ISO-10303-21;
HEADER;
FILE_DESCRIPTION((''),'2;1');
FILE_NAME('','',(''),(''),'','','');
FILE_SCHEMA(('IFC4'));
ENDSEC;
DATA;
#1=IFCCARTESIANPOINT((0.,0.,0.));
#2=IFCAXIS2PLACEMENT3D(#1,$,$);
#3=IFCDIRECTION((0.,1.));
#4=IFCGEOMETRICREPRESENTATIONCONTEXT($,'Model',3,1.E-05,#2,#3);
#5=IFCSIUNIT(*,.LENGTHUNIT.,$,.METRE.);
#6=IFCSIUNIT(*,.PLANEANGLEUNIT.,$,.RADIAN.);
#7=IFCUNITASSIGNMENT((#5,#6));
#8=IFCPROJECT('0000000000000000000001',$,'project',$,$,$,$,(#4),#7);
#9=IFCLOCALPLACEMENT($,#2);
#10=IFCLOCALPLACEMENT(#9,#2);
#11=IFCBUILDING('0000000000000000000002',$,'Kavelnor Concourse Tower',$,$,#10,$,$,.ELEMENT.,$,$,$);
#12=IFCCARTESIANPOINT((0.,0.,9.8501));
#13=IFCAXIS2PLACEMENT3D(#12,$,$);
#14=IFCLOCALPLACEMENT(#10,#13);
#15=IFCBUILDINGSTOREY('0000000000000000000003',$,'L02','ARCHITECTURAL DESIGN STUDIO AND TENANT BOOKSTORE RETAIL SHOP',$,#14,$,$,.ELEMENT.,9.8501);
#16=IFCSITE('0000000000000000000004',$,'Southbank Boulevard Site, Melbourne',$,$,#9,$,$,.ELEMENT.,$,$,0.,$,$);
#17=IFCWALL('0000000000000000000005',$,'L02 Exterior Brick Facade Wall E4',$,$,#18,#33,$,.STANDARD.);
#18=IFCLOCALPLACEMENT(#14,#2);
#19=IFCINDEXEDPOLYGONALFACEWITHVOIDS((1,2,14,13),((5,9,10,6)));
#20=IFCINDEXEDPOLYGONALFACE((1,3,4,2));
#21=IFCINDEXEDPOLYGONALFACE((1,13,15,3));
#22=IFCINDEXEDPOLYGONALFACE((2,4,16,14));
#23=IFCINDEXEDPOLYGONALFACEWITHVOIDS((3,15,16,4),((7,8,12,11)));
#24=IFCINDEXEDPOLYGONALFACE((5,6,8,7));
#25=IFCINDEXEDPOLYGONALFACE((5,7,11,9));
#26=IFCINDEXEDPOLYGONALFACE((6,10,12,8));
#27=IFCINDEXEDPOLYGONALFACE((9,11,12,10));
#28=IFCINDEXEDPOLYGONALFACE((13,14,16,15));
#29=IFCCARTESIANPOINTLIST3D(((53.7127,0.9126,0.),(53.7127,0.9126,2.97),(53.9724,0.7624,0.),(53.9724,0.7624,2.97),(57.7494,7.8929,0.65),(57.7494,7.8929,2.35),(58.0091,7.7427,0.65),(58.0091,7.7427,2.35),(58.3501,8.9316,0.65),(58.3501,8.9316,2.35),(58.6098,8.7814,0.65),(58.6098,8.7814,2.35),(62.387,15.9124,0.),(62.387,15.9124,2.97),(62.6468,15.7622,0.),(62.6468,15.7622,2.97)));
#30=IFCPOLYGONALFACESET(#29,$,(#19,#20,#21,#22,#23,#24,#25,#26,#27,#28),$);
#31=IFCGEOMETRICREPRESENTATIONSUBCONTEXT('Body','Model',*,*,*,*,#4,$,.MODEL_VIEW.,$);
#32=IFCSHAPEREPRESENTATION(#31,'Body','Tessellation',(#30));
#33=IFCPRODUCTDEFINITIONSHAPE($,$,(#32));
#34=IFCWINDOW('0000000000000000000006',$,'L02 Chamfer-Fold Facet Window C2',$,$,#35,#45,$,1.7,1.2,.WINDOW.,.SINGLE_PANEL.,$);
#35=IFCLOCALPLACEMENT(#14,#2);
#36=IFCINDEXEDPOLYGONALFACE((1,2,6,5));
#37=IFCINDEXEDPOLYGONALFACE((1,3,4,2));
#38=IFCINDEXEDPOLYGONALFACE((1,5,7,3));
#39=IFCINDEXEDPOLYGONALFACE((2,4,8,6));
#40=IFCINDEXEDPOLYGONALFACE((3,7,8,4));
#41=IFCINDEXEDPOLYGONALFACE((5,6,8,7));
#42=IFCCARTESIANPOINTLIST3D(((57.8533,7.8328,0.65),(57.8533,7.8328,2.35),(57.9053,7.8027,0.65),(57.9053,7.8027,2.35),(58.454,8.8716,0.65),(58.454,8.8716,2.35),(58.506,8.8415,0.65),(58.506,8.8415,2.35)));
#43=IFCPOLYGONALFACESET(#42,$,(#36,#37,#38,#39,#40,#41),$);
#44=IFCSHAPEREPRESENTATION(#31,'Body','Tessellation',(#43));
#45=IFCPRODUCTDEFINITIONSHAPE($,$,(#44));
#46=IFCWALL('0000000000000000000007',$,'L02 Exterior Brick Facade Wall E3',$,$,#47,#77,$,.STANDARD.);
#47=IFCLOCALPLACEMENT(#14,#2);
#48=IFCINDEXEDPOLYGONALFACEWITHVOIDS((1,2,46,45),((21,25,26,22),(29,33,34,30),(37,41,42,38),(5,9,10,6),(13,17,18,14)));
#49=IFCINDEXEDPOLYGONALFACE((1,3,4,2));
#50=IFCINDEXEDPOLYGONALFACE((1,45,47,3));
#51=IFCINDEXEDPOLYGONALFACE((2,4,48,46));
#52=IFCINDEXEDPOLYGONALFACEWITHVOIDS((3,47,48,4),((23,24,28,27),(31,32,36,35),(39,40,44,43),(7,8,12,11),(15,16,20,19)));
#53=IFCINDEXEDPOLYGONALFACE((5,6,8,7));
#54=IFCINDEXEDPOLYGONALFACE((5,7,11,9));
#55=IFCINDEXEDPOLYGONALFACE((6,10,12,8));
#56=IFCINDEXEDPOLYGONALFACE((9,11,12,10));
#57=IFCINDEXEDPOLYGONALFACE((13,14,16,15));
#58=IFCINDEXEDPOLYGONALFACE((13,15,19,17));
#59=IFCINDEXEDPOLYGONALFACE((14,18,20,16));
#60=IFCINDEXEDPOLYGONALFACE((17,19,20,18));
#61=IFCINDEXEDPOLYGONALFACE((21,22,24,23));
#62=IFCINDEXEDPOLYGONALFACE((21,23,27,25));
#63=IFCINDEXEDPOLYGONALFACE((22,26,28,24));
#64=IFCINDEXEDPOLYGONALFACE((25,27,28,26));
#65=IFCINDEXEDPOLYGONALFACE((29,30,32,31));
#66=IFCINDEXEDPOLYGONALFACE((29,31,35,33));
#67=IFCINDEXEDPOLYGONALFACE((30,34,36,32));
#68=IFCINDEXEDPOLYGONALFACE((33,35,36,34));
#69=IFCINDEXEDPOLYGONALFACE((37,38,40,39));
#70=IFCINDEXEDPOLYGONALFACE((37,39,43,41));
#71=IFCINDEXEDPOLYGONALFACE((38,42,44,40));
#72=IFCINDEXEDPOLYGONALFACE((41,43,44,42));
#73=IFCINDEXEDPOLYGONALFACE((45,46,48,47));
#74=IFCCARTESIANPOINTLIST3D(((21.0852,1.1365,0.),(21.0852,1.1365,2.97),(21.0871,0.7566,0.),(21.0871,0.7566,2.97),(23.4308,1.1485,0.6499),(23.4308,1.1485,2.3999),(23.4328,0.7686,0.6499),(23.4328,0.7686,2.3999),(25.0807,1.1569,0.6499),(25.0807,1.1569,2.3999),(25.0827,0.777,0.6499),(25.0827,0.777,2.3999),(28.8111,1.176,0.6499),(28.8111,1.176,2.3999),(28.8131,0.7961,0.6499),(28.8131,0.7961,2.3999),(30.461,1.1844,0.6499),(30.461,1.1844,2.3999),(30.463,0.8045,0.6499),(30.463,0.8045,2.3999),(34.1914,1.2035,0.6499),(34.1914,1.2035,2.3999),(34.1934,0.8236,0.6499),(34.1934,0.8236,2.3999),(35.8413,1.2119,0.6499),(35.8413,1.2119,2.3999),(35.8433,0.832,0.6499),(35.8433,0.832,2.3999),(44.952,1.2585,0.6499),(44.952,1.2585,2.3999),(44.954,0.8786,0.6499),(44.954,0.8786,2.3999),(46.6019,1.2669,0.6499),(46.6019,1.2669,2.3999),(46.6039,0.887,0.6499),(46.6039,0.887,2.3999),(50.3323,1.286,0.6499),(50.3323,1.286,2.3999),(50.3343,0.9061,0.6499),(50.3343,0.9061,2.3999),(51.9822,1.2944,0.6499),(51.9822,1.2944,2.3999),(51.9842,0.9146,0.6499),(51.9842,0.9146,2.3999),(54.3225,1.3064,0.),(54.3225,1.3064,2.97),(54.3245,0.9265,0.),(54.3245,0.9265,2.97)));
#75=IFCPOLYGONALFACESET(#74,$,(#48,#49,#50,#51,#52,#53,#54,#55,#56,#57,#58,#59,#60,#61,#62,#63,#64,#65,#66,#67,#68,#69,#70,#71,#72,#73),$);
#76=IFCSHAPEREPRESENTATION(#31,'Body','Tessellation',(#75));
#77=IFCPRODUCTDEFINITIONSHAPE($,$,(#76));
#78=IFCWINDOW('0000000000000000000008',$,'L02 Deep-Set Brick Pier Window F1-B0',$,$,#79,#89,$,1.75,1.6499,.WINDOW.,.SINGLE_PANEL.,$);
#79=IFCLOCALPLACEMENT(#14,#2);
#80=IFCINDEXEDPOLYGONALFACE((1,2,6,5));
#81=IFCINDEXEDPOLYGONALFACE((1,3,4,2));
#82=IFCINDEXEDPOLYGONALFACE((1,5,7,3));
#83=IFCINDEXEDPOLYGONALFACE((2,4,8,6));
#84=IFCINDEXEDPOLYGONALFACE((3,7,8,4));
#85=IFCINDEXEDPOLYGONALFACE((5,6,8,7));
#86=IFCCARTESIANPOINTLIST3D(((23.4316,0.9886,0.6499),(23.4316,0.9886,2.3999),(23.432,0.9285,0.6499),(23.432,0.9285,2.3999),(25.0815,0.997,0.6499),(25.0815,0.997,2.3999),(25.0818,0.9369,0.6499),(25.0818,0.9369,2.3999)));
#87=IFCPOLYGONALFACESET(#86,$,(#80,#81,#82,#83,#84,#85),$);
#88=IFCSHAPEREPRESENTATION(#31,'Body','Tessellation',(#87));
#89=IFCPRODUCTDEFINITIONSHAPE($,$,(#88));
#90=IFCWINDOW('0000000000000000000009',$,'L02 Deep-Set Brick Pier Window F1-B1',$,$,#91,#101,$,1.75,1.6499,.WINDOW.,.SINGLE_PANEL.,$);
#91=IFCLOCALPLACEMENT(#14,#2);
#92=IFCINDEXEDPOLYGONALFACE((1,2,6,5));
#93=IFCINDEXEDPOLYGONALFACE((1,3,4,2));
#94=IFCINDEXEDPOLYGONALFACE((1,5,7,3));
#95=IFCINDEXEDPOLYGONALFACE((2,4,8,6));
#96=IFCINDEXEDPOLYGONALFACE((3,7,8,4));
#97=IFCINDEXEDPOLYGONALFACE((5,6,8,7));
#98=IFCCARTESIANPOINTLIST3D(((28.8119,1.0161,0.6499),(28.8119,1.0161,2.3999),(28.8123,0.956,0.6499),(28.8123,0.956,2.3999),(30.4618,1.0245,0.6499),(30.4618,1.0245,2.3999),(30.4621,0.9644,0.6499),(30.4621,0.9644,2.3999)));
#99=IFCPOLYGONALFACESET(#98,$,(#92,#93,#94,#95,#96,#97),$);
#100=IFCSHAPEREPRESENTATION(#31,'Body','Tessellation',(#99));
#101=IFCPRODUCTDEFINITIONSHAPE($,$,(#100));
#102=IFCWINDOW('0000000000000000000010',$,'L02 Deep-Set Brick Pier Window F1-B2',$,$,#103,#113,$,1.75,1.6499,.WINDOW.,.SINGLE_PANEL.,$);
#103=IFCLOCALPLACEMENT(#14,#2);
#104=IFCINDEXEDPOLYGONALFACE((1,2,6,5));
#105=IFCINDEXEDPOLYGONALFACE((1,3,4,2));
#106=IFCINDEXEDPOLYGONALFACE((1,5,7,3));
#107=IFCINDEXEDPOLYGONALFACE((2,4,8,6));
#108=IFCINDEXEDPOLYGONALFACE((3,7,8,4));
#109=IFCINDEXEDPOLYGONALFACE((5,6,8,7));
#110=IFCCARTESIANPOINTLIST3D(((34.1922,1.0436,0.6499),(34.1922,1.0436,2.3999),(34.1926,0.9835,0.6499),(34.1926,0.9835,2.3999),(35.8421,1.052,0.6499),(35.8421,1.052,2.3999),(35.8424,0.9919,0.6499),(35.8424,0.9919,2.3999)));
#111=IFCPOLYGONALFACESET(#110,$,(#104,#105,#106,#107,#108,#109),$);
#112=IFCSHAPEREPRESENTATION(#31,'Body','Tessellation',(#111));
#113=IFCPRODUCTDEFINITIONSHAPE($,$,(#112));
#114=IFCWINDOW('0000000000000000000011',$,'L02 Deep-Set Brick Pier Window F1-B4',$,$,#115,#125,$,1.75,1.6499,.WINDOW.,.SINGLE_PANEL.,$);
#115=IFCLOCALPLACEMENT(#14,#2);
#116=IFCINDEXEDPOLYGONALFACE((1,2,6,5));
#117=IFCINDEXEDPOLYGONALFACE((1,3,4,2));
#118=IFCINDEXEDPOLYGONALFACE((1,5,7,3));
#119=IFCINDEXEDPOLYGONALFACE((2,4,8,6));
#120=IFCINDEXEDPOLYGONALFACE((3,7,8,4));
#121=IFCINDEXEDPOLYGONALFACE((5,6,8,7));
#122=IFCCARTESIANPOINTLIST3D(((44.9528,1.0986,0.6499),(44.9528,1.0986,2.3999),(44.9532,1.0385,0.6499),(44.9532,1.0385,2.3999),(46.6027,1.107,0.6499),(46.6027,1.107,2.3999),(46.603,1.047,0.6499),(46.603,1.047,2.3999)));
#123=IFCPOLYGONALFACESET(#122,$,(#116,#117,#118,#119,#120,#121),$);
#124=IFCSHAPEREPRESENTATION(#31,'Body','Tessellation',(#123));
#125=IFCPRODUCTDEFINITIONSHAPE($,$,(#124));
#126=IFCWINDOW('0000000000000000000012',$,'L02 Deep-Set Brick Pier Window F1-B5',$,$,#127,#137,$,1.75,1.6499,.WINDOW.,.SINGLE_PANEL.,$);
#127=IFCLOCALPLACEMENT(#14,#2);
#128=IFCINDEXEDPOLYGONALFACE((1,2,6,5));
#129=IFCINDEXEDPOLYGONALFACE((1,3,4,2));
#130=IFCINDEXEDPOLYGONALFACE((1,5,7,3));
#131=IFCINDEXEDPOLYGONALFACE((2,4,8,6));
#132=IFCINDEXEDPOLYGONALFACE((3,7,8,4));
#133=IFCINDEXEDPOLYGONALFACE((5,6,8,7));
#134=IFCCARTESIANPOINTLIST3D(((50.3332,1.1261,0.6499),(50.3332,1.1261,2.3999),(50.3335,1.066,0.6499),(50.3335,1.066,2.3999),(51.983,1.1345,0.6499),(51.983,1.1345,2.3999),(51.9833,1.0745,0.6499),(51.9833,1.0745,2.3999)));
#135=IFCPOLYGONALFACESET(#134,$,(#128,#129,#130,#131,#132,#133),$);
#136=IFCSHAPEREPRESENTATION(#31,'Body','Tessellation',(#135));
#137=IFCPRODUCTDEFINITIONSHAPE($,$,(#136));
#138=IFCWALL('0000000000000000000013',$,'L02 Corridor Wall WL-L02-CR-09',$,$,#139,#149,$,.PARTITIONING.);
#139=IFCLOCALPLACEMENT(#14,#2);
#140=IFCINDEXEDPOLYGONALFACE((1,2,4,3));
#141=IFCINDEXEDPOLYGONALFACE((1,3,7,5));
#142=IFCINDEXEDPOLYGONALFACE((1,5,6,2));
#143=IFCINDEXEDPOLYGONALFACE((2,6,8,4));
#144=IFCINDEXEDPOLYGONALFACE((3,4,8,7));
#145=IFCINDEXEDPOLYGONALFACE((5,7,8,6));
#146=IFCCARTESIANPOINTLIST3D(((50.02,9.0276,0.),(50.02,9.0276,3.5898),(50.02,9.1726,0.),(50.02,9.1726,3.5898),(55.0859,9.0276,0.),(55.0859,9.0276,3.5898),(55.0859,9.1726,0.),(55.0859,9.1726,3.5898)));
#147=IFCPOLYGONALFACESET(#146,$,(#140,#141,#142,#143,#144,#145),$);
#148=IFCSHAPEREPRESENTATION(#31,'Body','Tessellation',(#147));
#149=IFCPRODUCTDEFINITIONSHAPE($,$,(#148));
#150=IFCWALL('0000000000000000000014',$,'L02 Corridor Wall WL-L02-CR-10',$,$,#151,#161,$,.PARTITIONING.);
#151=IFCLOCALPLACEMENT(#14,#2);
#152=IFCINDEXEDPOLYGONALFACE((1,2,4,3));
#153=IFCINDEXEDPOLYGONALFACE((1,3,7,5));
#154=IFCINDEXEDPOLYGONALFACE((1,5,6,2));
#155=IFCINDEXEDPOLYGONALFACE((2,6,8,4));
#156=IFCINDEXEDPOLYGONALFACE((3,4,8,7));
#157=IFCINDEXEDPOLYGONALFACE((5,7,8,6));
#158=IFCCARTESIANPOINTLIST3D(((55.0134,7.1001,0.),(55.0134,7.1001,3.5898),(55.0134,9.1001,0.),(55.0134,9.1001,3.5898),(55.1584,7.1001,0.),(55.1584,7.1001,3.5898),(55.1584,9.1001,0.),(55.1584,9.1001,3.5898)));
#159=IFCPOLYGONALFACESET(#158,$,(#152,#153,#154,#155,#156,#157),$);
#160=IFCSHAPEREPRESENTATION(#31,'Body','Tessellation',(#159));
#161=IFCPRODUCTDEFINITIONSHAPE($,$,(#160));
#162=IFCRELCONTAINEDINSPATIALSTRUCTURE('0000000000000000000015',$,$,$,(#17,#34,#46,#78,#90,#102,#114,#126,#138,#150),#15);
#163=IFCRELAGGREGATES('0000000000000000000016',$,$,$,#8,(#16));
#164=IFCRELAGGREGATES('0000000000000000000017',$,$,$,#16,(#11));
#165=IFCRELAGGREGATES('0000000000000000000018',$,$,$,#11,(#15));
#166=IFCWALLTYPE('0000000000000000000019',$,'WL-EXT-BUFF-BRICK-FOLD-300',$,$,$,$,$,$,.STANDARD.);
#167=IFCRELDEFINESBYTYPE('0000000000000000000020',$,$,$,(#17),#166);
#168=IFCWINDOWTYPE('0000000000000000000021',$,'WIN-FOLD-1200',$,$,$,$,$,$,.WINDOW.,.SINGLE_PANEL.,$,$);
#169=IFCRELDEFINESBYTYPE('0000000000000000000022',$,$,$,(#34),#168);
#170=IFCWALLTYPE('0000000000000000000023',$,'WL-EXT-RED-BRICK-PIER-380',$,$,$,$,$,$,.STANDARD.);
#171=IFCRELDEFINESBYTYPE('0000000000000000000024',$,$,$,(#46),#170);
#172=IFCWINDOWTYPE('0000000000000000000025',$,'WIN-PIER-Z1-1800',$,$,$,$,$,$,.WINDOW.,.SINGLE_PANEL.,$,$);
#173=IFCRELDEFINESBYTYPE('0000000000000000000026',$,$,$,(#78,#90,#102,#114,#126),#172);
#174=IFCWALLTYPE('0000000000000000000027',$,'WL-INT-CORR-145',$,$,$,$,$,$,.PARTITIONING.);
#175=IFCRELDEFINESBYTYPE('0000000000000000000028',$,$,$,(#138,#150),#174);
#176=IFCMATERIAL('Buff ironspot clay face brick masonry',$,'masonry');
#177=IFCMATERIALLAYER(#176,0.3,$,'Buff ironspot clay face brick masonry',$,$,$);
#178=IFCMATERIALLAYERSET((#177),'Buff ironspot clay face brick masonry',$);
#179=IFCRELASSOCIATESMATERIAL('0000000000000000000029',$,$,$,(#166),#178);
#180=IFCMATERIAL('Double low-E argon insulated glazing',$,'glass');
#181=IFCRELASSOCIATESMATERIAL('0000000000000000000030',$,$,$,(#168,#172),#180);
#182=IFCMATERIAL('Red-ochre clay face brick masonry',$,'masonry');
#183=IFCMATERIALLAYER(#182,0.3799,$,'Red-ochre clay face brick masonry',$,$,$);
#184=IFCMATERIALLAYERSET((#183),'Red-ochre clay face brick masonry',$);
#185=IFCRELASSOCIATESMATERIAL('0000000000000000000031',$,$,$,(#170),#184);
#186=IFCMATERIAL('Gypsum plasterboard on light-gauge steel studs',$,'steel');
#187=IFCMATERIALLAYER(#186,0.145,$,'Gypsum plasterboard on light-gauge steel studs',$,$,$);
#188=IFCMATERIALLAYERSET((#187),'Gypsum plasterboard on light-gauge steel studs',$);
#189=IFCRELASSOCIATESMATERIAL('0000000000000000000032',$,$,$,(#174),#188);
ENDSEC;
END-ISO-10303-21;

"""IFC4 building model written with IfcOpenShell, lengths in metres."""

from ifc_helpers import new_model, si_unit, direction, frame, frame_2d, origin, place, context, subcontext, project, spatial, rectangle, extrude, material, layer, layer_set, type_object, element, fill, save


model = new_model("IFC4")

# Units and contexts
model_context = context("Model", 3, precision=1e-05, world=origin(), true_north=direction((0.0, 1.0)))
body_context = subcontext(model_context, "Body", "Model", "MODEL_VIEW")
ifc_project = project(units=[si_unit("LENGTHUNIT", "METRE"), si_unit("PLANEANGLEUNIT", "RADIAN")], contexts=[model_context])

# Site, building, storey
site_placement = place(None, origin())
site = spatial("IfcSite", under=ifc_project, at=site_placement, Name="Southbank Boulevard Site, Melbourne", CompositionType="ELEMENT", RefElevation=0.0)
building_placement = place(site_placement, origin())
building = spatial("IfcBuilding", under=site, at=building_placement, Name="Kavelnor Concourse Tower", CompositionType="ELEMENT")
storey_placement = place(building_placement, frame((0.0, 0.0, 9.8501)))
storey = spatial("IfcBuildingStorey", under=building, at=storey_placement, Name="L02", Description="ARCHITECTURAL DESIGN STUDIO AND TENANT BOOKSTORE RETAIL SHOP", CompositionType="ELEMENT", Elevation=9.8501)

# Wall, opening, window
ifc_material_1 = material(Name="Buff ironspot clay face brick masonry", Category="masonry")
ifc_layer_1 = layer(ifc_material_1, 0.3, Name="Buff ironspot clay face brick masonry")
ifc_layer_set_1 = layer_set([ifc_layer_1], Name="Buff ironspot clay face brick masonry")
wall_type_1 = type_object("IfcWallType", Name="WL-EXT-BUFF-BRICK-FOLD-300", PredefinedType="STANDARD", material=ifc_layer_set_1)
wall_1_placement = place(storey_placement, frame((62.5168, 15.8372, 0.0), z_axis=(0.0, 0.0, 1.0), x_axis=(-0.500615, -0.86567, 0.0)))
wall_1 = element("IfcWall", 1, at=wall_1_placement, inside=storey, type_object=wall_type_1, Name="L02 Exterior Brick Facade Wall E4", PredefinedType="STANDARD", context=body_context, shape_type="SweptSolid", body=[
    extrude(rectangle(XDim=17.3274, YDim=0.3, at=frame_2d((8.6636, 0.0))), origin(), (0.0, 0.0, 1.0), 2.97),
])
opening_1_placement = place(wall_1_placement, frame((8.0637, 0.0, 0.6499)))
opening_1 = element("IfcOpeningElement", 2, at=opening_1_placement, cuts=wall_1, PredefinedType="OPENING", context=body_context, shape_type="SweptSolid", body=[
    extrude(rectangle(XDim=1.2, YDim=1.7, at=frame_2d((0.6001, 0.8501))), frame((0.0, 0.1602, 0.0), z_axis=(0.0, -1.0, 0.0), x_axis=(1.0, 0.0, 0.0)), (0.0, 0.0, 1.0), 0.3201),
])
ifc_material_2 = material(Name="Double low-E argon insulated glazing", Category="glass")
window_type_1 = type_object("IfcWindowType", Name="WIN-FOLD-1200", PartitioningType="SINGLE_PANEL", PredefinedType="WINDOW", material=ifc_material_2)
window_1_placement = place(opening_1_placement, origin())
window_1 = element("IfcWindow", 3, at=window_1_placement, inside=storey, type_object=window_type_1, Name="L02 Chamfer-Fold Facet Window C2", OverallHeight=1.7, OverallWidth=1.2, PartitioningType="SINGLE_PANEL", PredefinedType="WINDOW", context=body_context, shape_type="SweptSolid", body=[
    extrude(rectangle(XDim=1.2, YDim=1.7, at=frame_2d((0.6001, 0.8501))), frame((0.0, 0.03, 0.0), z_axis=(0.0, -1.0, 0.0), x_axis=(1.0, 0.0, 0.0)), (0.0, 0.0, 1.0), 0.0601),
])
fill(opening_1, window_1)

# Wall, openings, windows
ifc_material_3 = material(Name="Red-ochre clay face brick masonry", Category="masonry")
ifc_layer_2 = layer(ifc_material_3, 0.3799, Name="Red-ochre clay face brick masonry")
ifc_layer_set_2 = layer_set([ifc_layer_2], Name="Red-ochre clay face brick masonry")
wall_type_2 = type_object("IfcWallType", Name="WL-EXT-RED-BRICK-PIER-380", PredefinedType="STANDARD", material=ifc_layer_set_2)
wall_2_placement = place(storey_placement, frame((54.3235, 1.1165, 0.0), z_axis=(0.0, 0.0, 1.0), x_axis=(-0.999987, -0.005112, 0.0)))
wall_2 = element("IfcWall", 4, at=wall_2_placement, inside=storey, type_object=wall_type_2, Name="L02 Exterior Brick Facade Wall E3", PredefinedType="STANDARD", context=body_context, shape_type="SweptSolid", body=[
    extrude(rectangle(XDim=33.2378, YDim=0.3799, at=frame_2d((16.6189, 0.0))), origin(), (0.0, 0.0, 1.0), 2.97),
])
opening_2_placement = place(wall_2_placement, frame((29.2422, 0.0, 0.6499)))
opening_2 = element("IfcOpeningElement", 5, at=opening_2_placement, cuts=wall_2, PredefinedType="OPENING", context=body_context, shape_type="SweptSolid", body=[
    extrude(rectangle(XDim=1.6499, YDim=1.75, at=frame_2d((0.825, 0.875))), frame((0.0, 0.2, 0.0), z_axis=(0.0, -1.0, 0.0), x_axis=(1.0, 0.0, 0.0)), (0.0, 0.0, 1.0), 0.3999),
])
opening_3_placement = place(wall_2_placement, frame((23.8618, 0.0, 0.6499)))
opening_3 = element("IfcOpeningElement", 6, at=opening_3_placement, cuts=wall_2, PredefinedType="OPENING", context=body_context, shape_type="SweptSolid", body=[
    extrude(rectangle(XDim=1.6499, YDim=1.75, at=frame_2d((0.825, 0.875))), frame((0.0, 0.2, 0.0), z_axis=(0.0, -1.0, 0.0), x_axis=(1.0, 0.0, 0.0)), (0.0, 0.0, 1.0), 0.3999),
])
opening_4_placement = place(wall_2_placement, frame((18.4814, 0.0, 0.6499)))
opening_4 = element("IfcOpeningElement", 7, at=opening_4_placement, cuts=wall_2, PredefinedType="OPENING", context=body_context, shape_type="SweptSolid", body=[
    extrude(rectangle(XDim=1.6499, YDim=1.75, at=frame_2d((0.825, 0.875))), frame((0.0, 0.2, 0.0), z_axis=(0.0, -1.0, 0.0), x_axis=(1.0, 0.0, 0.0)), (0.0, 0.0, 1.0), 0.3999),
])
opening_5_placement = place(wall_2_placement, frame((7.7207, 0.0, 0.6499)))
opening_5 = element("IfcOpeningElement", 8, at=opening_5_placement, cuts=wall_2, PredefinedType="OPENING", context=body_context, shape_type="SweptSolid", body=[
    extrude(rectangle(XDim=1.6499, YDim=1.75, at=frame_2d((0.825, 0.875))), frame((0.0, 0.2, 0.0), z_axis=(0.0, -1.0, 0.0), x_axis=(1.0, 0.0, 0.0)), (0.0, 0.0, 1.0), 0.3999),
])
opening_6_placement = place(wall_2_placement, frame((2.3403, 0.0, 0.6499)))
opening_6 = element("IfcOpeningElement", 9, at=opening_6_placement, cuts=wall_2, PredefinedType="OPENING", context=body_context, shape_type="SweptSolid", body=[
    extrude(rectangle(XDim=1.6499, YDim=1.75, at=frame_2d((0.825, 0.875))), frame((0.0, 0.2, 0.0), z_axis=(0.0, -1.0, 0.0), x_axis=(1.0, 0.0, 0.0)), (0.0, 0.0, 1.0), 0.3999),
])
window_type_2 = type_object("IfcWindowType", Name="WIN-PIER-Z1-1800", PartitioningType="SINGLE_PANEL", PredefinedType="WINDOW", material=ifc_material_2)
window_2_placement = place(opening_2_placement, origin())
window_2 = element("IfcWindow", 10, at=window_2_placement, inside=storey, type_object=window_type_2, Name="L02 Deep-Set Brick Pier Window F1-B0", OverallHeight=1.75, OverallWidth=1.6499, PartitioningType="SINGLE_PANEL", PredefinedType="WINDOW", context=body_context, shape_type="SweptSolid", body=[
    extrude(rectangle(XDim=1.6499, YDim=1.75, at=frame_2d((0.825, 0.875))), frame((0.0, 0.03, 0.0), z_axis=(0.0, -1.0, 0.0), x_axis=(1.0, 0.0, 0.0)), (0.0, 0.0, 1.0), 0.0601),
])
fill(opening_2, window_2)
window_3_placement = place(opening_3_placement, origin())
window_3 = element("IfcWindow", 11, at=window_3_placement, inside=storey, type_object=window_type_2, Name="L02 Deep-Set Brick Pier Window F1-B1", OverallHeight=1.75, OverallWidth=1.6499, PartitioningType="SINGLE_PANEL", PredefinedType="WINDOW", context=body_context, shape_type="SweptSolid", body=[
    extrude(rectangle(XDim=1.6499, YDim=1.75, at=frame_2d((0.825, 0.875))), frame((0.0, 0.03, 0.0), z_axis=(0.0, -1.0, 0.0), x_axis=(1.0, 0.0, 0.0)), (0.0, 0.0, 1.0), 0.0601),
])
fill(opening_3, window_3)
window_4_placement = place(opening_4_placement, origin())
window_4 = element("IfcWindow", 12, at=window_4_placement, inside=storey, type_object=window_type_2, Name="L02 Deep-Set Brick Pier Window F1-B2", OverallHeight=1.75, OverallWidth=1.6499, PartitioningType="SINGLE_PANEL", PredefinedType="WINDOW", context=body_context, shape_type="SweptSolid", body=[
    extrude(rectangle(XDim=1.6499, YDim=1.75, at=frame_2d((0.825, 0.875))), frame((0.0, 0.03, 0.0), z_axis=(0.0, -1.0, 0.0), x_axis=(1.0, 0.0, 0.0)), (0.0, 0.0, 1.0), 0.0601),
])
fill(opening_4, window_4)
window_5_placement = place(opening_5_placement, origin())
window_5 = element("IfcWindow", 13, at=window_5_placement, inside=storey, type_object=window_type_2, Name="L02 Deep-Set Brick Pier Window F1-B4", OverallHeight=1.75, OverallWidth=1.6499, PartitioningType="SINGLE_PANEL", PredefinedType="WINDOW", context=body_context, shape_type="SweptSolid", body=[
    extrude(rectangle(XDim=1.6499, YDim=1.75, at=frame_2d((0.825, 0.875))), frame((0.0, 0.03, 0.0), z_axis=(0.0, -1.0, 0.0), x_axis=(1.0, 0.0, 0.0)), (0.0, 0.0, 1.0), 0.0601),
])
fill(opening_5, window_5)
window_6_placement = place(opening_6_placement, origin())
window_6 = element("IfcWindow", 14, at=window_6_placement, inside=storey, type_object=window_type_2, Name="L02 Deep-Set Brick Pier Window F1-B5", OverallHeight=1.75, OverallWidth=1.6499, PartitioningType="SINGLE_PANEL", PredefinedType="WINDOW", context=body_context, shape_type="SweptSolid", body=[
    extrude(rectangle(XDim=1.6499, YDim=1.75, at=frame_2d((0.825, 0.875))), frame((0.0, 0.03, 0.0), z_axis=(0.0, -1.0, 0.0), x_axis=(1.0, 0.0, 0.0)), (0.0, 0.0, 1.0), 0.0601),
])
fill(opening_6, window_6)

# Walls
ifc_material_4 = material(Name="Gypsum plasterboard on light-gauge steel studs", Category="steel")
ifc_layer_3 = layer(ifc_material_4, 0.145, Name="Gypsum plasterboard on light-gauge steel studs")
ifc_layer_set_3 = layer_set([ifc_layer_3], Name="Gypsum plasterboard on light-gauge steel studs")
wall_type_3 = type_object("IfcWallType", Name="WL-INT-CORR-145", PredefinedType="PARTITIONING", material=ifc_layer_set_3)
wall_3_placement = place(storey_placement, frame((50.02, 9.1001, 0.0), z_axis=(0.0, 0.0, 1.0), x_axis=(1.0, 0.0, 0.0)))
element("IfcWall", 15, at=wall_3_placement, inside=storey, type_object=wall_type_3, Name="L02 Corridor Wall WL-L02-CR-09", PredefinedType="PARTITIONING", context=body_context, shape_type="SweptSolid", body=[
    extrude(rectangle(XDim=5.0659, YDim=0.145, at=frame_2d((2.533, 0.0))), origin(), (0.0, 0.0, 1.0), 3.5898),
])
wall_4_placement = place(storey_placement, frame((55.0859, 9.1001, 0.0), z_axis=(0.0, 0.0, 1.0), x_axis=(0.0, -1.0, 0.0)))
element("IfcWall", 16, at=wall_4_placement, inside=storey, type_object=wall_type_3, Name="L02 Corridor Wall WL-L02-CR-10", PredefinedType="PARTITIONING", context=body_context, shape_type="SweptSolid", body=[
    extrude(rectangle(XDim=2.0, YDim=0.145, at=frame_2d((1.0, 0.0))), origin(), (0.0, 0.0, 1.0), 3.5898),
])

save(model, "model.ifc")
